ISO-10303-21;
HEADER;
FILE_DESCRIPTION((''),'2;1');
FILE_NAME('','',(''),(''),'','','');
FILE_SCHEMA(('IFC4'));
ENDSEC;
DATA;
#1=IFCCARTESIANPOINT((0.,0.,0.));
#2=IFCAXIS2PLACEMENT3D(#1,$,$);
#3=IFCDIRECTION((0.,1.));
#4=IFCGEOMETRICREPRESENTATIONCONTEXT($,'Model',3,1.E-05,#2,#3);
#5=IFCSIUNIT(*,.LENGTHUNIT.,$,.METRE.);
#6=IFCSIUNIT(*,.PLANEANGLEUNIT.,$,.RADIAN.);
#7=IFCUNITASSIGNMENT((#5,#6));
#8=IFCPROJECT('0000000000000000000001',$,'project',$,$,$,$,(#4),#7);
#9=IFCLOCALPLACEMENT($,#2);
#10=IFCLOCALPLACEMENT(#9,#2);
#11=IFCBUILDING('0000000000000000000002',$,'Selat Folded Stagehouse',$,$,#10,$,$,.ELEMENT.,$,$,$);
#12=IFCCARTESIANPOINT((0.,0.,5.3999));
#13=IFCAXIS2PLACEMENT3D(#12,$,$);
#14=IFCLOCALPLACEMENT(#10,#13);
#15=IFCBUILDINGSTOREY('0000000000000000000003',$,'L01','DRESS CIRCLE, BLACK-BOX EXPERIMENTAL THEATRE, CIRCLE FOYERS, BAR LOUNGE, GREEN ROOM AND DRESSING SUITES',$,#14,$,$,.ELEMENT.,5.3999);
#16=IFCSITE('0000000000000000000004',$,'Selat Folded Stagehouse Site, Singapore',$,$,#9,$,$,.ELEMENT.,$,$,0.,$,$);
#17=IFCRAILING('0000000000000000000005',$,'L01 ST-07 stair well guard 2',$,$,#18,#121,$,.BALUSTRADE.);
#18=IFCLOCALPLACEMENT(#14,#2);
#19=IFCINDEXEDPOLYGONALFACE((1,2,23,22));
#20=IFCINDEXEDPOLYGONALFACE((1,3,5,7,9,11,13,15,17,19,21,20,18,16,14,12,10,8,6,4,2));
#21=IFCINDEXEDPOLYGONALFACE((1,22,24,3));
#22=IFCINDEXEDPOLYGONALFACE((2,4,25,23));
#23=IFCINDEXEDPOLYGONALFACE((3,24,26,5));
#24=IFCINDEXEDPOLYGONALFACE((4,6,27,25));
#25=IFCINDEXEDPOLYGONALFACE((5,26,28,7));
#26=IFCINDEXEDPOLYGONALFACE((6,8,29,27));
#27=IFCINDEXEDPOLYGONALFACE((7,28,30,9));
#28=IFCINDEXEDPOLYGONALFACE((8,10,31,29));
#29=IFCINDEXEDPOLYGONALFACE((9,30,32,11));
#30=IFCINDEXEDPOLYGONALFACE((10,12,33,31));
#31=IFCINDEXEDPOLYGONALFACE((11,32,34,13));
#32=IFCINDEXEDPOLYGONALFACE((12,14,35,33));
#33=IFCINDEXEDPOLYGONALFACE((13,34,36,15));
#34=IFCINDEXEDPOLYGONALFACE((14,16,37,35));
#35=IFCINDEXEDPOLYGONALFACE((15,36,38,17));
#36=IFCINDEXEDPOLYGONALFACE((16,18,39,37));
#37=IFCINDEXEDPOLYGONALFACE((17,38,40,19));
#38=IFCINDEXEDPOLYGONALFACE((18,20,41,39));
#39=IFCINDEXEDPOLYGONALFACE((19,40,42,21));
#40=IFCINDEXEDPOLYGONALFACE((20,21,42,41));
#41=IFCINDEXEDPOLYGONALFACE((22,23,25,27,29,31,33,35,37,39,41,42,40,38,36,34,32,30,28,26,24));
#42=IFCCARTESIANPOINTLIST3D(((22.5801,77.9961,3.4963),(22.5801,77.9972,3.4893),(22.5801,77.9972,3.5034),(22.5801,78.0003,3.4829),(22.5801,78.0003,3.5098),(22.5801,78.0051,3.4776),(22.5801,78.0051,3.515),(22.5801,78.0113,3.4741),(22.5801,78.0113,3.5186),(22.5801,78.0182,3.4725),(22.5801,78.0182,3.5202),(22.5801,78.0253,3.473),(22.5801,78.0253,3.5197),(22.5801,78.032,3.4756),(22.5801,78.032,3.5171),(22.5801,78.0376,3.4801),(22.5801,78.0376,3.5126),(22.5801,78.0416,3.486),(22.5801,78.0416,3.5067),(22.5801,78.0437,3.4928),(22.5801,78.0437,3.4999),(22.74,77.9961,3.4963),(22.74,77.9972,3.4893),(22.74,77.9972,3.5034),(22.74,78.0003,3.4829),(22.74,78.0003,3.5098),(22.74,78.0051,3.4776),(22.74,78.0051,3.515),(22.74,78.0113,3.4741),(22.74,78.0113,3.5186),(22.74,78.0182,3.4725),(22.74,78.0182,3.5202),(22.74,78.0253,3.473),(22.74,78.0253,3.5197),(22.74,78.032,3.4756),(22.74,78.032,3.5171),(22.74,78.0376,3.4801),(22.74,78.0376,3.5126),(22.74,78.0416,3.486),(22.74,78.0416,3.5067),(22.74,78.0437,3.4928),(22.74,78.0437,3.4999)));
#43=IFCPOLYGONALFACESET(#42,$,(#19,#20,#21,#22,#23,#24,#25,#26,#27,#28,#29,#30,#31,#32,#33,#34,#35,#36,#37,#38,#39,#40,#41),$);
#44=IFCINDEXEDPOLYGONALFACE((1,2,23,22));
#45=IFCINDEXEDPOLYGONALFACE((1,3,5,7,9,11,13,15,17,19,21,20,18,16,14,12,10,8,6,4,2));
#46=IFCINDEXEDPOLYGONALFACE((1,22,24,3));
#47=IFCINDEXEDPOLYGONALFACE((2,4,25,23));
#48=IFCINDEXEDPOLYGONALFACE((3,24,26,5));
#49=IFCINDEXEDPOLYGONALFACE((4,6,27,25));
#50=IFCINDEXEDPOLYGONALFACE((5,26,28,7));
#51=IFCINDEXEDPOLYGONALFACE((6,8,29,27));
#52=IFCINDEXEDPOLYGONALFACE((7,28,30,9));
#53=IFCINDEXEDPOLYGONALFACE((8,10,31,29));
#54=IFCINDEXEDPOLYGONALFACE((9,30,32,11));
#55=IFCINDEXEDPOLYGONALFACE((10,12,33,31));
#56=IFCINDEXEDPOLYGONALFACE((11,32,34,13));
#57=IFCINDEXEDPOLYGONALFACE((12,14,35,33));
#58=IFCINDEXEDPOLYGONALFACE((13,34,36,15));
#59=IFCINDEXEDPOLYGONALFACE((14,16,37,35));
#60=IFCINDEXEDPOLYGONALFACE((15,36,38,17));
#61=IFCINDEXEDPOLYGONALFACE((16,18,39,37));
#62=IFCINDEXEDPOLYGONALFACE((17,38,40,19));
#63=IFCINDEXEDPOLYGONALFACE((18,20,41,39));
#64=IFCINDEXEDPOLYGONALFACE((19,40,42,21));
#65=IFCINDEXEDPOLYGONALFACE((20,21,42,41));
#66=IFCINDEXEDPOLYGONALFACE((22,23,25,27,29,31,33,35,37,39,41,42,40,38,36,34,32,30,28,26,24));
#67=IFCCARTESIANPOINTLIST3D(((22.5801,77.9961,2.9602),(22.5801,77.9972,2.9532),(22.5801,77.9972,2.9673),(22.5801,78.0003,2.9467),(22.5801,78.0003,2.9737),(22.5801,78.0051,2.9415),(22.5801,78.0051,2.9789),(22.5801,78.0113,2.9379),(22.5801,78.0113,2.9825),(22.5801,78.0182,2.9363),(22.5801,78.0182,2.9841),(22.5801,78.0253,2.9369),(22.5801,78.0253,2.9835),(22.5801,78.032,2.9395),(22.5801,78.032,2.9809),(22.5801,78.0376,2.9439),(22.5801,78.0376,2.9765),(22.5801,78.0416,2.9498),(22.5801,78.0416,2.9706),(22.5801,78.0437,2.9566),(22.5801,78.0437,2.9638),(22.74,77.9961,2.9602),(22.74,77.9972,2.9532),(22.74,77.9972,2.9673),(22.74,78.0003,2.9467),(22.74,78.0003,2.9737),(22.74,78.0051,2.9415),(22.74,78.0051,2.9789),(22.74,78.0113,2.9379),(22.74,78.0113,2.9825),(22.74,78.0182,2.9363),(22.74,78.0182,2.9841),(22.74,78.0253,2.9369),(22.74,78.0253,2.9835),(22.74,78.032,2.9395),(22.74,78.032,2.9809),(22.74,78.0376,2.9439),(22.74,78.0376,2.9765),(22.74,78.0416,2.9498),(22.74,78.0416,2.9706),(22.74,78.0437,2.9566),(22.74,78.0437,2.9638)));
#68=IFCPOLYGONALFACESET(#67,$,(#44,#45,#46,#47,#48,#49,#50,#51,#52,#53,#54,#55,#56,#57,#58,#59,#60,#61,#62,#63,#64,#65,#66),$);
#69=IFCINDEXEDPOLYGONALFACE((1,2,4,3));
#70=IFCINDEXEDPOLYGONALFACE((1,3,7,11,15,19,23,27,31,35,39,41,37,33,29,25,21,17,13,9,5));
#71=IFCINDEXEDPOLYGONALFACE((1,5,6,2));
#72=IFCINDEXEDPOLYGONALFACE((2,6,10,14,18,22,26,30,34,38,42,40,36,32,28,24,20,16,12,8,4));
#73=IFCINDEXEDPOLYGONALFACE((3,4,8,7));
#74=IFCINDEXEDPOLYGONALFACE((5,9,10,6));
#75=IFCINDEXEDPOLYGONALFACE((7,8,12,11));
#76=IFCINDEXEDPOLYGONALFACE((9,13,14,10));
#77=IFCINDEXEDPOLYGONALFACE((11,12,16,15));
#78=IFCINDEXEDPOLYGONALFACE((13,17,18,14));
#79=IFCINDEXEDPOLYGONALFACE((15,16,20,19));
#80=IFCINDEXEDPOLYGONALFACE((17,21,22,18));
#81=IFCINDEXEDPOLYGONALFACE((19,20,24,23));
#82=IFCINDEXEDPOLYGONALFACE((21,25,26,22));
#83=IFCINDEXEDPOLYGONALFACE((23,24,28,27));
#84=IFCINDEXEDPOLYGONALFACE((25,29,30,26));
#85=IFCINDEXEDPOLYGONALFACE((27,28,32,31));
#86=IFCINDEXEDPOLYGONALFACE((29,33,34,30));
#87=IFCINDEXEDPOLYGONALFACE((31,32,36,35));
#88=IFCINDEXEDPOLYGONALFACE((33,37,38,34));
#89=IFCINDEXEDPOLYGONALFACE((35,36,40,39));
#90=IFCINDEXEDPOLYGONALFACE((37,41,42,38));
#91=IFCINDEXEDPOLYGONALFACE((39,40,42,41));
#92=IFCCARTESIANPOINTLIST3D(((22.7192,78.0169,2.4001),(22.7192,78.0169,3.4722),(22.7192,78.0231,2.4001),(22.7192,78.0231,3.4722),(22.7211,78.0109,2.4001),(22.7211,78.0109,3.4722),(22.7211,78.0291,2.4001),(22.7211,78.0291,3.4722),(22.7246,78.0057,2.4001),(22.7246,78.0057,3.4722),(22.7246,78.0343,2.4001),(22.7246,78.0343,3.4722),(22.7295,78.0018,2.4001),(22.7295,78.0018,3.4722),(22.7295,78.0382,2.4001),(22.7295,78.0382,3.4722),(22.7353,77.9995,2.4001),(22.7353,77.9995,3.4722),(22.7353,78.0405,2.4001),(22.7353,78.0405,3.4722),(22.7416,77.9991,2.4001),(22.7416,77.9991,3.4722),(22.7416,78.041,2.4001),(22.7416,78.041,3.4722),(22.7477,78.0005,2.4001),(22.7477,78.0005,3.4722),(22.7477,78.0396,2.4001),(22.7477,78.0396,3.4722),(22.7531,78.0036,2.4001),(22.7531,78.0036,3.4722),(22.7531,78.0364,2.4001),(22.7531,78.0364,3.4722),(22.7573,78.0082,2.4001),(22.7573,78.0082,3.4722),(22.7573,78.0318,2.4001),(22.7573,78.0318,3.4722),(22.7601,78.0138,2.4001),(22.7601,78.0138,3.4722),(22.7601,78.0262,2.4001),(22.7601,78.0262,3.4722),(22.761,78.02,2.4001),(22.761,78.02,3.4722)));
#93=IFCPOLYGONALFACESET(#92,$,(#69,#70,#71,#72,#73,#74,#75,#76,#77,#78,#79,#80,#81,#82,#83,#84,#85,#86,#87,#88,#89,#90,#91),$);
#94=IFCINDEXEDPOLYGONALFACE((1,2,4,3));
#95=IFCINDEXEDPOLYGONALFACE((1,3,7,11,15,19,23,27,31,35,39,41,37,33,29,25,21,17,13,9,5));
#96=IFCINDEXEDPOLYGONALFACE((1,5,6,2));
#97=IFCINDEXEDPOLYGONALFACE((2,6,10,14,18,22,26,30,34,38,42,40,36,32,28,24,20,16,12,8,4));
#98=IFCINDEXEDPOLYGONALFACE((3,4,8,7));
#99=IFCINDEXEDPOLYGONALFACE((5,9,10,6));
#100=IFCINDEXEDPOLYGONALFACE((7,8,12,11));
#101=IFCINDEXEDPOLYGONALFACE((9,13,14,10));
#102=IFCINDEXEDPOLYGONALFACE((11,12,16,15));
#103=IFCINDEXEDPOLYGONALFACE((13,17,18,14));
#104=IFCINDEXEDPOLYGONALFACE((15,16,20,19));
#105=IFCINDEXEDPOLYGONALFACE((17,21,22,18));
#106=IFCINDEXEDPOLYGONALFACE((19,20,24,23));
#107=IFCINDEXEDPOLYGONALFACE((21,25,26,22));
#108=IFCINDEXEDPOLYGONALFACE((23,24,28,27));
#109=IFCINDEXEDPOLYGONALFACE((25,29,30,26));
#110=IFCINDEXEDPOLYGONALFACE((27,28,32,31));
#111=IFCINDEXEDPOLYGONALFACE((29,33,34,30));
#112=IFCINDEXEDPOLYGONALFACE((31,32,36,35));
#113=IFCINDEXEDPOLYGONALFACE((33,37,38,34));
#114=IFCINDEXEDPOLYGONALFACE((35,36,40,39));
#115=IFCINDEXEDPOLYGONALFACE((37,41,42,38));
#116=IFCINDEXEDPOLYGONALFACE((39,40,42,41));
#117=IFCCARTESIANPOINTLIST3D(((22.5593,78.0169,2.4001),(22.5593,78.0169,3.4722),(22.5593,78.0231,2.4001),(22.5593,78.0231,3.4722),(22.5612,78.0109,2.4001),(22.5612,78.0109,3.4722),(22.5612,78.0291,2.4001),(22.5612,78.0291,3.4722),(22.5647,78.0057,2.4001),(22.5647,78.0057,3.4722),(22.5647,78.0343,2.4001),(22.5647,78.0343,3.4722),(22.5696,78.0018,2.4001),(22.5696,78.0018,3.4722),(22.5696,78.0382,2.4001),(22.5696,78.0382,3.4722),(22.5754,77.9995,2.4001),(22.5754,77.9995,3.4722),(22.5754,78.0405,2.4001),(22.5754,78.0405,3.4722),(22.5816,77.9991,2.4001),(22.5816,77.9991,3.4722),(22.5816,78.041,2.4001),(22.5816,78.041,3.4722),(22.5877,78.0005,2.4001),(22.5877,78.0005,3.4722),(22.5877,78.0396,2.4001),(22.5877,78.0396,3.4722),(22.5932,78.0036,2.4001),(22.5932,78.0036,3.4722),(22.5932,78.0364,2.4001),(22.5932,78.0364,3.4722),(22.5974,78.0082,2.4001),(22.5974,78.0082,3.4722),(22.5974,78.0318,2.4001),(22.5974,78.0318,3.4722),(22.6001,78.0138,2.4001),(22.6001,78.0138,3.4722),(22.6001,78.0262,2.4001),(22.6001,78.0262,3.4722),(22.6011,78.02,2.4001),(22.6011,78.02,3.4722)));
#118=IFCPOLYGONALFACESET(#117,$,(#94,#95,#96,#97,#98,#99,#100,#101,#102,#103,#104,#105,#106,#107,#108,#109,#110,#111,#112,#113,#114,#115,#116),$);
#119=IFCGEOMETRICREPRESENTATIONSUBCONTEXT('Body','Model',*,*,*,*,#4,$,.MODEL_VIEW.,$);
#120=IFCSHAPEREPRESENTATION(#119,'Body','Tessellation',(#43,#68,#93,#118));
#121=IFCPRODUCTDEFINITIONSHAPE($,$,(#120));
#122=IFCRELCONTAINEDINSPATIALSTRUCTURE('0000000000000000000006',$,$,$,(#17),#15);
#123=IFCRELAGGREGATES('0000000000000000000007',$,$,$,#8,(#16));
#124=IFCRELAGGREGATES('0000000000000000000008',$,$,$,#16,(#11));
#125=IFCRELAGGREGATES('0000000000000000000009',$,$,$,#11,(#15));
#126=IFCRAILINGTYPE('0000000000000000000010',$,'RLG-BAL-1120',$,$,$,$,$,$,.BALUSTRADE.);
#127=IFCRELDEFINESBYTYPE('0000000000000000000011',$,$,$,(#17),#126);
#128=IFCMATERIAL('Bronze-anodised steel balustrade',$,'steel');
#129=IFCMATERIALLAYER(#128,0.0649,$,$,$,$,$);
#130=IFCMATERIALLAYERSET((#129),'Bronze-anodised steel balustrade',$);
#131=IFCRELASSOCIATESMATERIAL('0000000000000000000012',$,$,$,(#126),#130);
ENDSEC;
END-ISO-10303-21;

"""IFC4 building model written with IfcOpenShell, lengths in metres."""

from ifc_helpers import new_model, si_unit, direction, frame, origin, origin_2d, place, context, subcontext, project, spatial, circle, extrude, material, layer, layer_set, type_object, element, save


model = new_model("IFC4")

# Units and contexts
model_context = context("Model", 3, precision=1e-05, world=origin(), true_north=direction((0.0, 1.0)))
body_context = subcontext(model_context, "Body", "Model", "MODEL_VIEW")
ifc_project = project(units=[si_unit("LENGTHUNIT", "METRE"), si_unit("PLANEANGLEUNIT", "RADIAN")], contexts=[model_context])

# Site, building, storey
site_placement = place(None, origin())
site = spatial("IfcSite", under=ifc_project, at=site_placement, Name="Selat Folded Stagehouse Site, Singapore", CompositionType="ELEMENT", RefElevation=0.0)
building_placement = place(site_placement, origin())
building = spatial("IfcBuilding", under=site, at=building_placement, Name="Selat Folded Stagehouse", CompositionType="ELEMENT")
storey_placement = place(building_placement, frame((0.0, 0.0, 5.3999)))
storey = spatial("IfcBuildingStorey", under=building, at=storey_placement, Name="L01", Description="DRESS CIRCLE, BLACK-BOX EXPERIMENTAL THEATRE, CIRCLE FOYERS, BAR LOUNGE, GREEN ROOM AND DRESSING SUITES", CompositionType="ELEMENT", Elevation=5.3999)

# Railing
ifc_material_1 = material(Name="Bronze-anodised steel balustrade", Category="steel")
ifc_layer_1 = layer(ifc_material_1, 0.0649)
ifc_layer_set_1 = layer_set([ifc_layer_1], Name="Bronze-anodised steel balustrade")
railing_type_1 = type_object("IfcRailingType", Name="RLG-BAL-1120", PredefinedType="BALUSTRADE", material=ifc_layer_set_1)
railing_1_placement = place(storey_placement, frame((22.74, 78.02, 2.4001)))
element("IfcRailing", 1, at=railing_1_placement, inside=storey, type_object=railing_type_1, Name="L01 ST-07 stair well guard 2", PredefinedType="BALUSTRADE", context=body_context, shape_type="SweptSolid", body=[
    extrude(circle(Radius=0.0239, at=origin_2d()), frame((0.0, 0.0, 1.0962), z_axis=(-1.0, 0.0, 0.0), x_axis=(0.0, -1.0, 0.0)), (0.0, 0.0, 1.0), 0.1599),
    extrude(circle(Radius=0.0239, at=origin_2d()), frame((0.0, 0.0, 0.5601), z_axis=(-1.0, 0.0, 0.0), x_axis=(0.0, -1.0, 0.0)), (0.0, 0.0, 1.0), 0.1599),
    extrude(circle(Radius=0.021, at=origin_2d()), origin(), (0.0, 0.0, 1.0), 1.072),
    extrude(circle(Radius=0.021, at=origin_2d()), frame((-0.1599, 0.0, 0.0)), (0.0, 0.0, 1.0), 1.072),
])

save(model, "model.ifc")
